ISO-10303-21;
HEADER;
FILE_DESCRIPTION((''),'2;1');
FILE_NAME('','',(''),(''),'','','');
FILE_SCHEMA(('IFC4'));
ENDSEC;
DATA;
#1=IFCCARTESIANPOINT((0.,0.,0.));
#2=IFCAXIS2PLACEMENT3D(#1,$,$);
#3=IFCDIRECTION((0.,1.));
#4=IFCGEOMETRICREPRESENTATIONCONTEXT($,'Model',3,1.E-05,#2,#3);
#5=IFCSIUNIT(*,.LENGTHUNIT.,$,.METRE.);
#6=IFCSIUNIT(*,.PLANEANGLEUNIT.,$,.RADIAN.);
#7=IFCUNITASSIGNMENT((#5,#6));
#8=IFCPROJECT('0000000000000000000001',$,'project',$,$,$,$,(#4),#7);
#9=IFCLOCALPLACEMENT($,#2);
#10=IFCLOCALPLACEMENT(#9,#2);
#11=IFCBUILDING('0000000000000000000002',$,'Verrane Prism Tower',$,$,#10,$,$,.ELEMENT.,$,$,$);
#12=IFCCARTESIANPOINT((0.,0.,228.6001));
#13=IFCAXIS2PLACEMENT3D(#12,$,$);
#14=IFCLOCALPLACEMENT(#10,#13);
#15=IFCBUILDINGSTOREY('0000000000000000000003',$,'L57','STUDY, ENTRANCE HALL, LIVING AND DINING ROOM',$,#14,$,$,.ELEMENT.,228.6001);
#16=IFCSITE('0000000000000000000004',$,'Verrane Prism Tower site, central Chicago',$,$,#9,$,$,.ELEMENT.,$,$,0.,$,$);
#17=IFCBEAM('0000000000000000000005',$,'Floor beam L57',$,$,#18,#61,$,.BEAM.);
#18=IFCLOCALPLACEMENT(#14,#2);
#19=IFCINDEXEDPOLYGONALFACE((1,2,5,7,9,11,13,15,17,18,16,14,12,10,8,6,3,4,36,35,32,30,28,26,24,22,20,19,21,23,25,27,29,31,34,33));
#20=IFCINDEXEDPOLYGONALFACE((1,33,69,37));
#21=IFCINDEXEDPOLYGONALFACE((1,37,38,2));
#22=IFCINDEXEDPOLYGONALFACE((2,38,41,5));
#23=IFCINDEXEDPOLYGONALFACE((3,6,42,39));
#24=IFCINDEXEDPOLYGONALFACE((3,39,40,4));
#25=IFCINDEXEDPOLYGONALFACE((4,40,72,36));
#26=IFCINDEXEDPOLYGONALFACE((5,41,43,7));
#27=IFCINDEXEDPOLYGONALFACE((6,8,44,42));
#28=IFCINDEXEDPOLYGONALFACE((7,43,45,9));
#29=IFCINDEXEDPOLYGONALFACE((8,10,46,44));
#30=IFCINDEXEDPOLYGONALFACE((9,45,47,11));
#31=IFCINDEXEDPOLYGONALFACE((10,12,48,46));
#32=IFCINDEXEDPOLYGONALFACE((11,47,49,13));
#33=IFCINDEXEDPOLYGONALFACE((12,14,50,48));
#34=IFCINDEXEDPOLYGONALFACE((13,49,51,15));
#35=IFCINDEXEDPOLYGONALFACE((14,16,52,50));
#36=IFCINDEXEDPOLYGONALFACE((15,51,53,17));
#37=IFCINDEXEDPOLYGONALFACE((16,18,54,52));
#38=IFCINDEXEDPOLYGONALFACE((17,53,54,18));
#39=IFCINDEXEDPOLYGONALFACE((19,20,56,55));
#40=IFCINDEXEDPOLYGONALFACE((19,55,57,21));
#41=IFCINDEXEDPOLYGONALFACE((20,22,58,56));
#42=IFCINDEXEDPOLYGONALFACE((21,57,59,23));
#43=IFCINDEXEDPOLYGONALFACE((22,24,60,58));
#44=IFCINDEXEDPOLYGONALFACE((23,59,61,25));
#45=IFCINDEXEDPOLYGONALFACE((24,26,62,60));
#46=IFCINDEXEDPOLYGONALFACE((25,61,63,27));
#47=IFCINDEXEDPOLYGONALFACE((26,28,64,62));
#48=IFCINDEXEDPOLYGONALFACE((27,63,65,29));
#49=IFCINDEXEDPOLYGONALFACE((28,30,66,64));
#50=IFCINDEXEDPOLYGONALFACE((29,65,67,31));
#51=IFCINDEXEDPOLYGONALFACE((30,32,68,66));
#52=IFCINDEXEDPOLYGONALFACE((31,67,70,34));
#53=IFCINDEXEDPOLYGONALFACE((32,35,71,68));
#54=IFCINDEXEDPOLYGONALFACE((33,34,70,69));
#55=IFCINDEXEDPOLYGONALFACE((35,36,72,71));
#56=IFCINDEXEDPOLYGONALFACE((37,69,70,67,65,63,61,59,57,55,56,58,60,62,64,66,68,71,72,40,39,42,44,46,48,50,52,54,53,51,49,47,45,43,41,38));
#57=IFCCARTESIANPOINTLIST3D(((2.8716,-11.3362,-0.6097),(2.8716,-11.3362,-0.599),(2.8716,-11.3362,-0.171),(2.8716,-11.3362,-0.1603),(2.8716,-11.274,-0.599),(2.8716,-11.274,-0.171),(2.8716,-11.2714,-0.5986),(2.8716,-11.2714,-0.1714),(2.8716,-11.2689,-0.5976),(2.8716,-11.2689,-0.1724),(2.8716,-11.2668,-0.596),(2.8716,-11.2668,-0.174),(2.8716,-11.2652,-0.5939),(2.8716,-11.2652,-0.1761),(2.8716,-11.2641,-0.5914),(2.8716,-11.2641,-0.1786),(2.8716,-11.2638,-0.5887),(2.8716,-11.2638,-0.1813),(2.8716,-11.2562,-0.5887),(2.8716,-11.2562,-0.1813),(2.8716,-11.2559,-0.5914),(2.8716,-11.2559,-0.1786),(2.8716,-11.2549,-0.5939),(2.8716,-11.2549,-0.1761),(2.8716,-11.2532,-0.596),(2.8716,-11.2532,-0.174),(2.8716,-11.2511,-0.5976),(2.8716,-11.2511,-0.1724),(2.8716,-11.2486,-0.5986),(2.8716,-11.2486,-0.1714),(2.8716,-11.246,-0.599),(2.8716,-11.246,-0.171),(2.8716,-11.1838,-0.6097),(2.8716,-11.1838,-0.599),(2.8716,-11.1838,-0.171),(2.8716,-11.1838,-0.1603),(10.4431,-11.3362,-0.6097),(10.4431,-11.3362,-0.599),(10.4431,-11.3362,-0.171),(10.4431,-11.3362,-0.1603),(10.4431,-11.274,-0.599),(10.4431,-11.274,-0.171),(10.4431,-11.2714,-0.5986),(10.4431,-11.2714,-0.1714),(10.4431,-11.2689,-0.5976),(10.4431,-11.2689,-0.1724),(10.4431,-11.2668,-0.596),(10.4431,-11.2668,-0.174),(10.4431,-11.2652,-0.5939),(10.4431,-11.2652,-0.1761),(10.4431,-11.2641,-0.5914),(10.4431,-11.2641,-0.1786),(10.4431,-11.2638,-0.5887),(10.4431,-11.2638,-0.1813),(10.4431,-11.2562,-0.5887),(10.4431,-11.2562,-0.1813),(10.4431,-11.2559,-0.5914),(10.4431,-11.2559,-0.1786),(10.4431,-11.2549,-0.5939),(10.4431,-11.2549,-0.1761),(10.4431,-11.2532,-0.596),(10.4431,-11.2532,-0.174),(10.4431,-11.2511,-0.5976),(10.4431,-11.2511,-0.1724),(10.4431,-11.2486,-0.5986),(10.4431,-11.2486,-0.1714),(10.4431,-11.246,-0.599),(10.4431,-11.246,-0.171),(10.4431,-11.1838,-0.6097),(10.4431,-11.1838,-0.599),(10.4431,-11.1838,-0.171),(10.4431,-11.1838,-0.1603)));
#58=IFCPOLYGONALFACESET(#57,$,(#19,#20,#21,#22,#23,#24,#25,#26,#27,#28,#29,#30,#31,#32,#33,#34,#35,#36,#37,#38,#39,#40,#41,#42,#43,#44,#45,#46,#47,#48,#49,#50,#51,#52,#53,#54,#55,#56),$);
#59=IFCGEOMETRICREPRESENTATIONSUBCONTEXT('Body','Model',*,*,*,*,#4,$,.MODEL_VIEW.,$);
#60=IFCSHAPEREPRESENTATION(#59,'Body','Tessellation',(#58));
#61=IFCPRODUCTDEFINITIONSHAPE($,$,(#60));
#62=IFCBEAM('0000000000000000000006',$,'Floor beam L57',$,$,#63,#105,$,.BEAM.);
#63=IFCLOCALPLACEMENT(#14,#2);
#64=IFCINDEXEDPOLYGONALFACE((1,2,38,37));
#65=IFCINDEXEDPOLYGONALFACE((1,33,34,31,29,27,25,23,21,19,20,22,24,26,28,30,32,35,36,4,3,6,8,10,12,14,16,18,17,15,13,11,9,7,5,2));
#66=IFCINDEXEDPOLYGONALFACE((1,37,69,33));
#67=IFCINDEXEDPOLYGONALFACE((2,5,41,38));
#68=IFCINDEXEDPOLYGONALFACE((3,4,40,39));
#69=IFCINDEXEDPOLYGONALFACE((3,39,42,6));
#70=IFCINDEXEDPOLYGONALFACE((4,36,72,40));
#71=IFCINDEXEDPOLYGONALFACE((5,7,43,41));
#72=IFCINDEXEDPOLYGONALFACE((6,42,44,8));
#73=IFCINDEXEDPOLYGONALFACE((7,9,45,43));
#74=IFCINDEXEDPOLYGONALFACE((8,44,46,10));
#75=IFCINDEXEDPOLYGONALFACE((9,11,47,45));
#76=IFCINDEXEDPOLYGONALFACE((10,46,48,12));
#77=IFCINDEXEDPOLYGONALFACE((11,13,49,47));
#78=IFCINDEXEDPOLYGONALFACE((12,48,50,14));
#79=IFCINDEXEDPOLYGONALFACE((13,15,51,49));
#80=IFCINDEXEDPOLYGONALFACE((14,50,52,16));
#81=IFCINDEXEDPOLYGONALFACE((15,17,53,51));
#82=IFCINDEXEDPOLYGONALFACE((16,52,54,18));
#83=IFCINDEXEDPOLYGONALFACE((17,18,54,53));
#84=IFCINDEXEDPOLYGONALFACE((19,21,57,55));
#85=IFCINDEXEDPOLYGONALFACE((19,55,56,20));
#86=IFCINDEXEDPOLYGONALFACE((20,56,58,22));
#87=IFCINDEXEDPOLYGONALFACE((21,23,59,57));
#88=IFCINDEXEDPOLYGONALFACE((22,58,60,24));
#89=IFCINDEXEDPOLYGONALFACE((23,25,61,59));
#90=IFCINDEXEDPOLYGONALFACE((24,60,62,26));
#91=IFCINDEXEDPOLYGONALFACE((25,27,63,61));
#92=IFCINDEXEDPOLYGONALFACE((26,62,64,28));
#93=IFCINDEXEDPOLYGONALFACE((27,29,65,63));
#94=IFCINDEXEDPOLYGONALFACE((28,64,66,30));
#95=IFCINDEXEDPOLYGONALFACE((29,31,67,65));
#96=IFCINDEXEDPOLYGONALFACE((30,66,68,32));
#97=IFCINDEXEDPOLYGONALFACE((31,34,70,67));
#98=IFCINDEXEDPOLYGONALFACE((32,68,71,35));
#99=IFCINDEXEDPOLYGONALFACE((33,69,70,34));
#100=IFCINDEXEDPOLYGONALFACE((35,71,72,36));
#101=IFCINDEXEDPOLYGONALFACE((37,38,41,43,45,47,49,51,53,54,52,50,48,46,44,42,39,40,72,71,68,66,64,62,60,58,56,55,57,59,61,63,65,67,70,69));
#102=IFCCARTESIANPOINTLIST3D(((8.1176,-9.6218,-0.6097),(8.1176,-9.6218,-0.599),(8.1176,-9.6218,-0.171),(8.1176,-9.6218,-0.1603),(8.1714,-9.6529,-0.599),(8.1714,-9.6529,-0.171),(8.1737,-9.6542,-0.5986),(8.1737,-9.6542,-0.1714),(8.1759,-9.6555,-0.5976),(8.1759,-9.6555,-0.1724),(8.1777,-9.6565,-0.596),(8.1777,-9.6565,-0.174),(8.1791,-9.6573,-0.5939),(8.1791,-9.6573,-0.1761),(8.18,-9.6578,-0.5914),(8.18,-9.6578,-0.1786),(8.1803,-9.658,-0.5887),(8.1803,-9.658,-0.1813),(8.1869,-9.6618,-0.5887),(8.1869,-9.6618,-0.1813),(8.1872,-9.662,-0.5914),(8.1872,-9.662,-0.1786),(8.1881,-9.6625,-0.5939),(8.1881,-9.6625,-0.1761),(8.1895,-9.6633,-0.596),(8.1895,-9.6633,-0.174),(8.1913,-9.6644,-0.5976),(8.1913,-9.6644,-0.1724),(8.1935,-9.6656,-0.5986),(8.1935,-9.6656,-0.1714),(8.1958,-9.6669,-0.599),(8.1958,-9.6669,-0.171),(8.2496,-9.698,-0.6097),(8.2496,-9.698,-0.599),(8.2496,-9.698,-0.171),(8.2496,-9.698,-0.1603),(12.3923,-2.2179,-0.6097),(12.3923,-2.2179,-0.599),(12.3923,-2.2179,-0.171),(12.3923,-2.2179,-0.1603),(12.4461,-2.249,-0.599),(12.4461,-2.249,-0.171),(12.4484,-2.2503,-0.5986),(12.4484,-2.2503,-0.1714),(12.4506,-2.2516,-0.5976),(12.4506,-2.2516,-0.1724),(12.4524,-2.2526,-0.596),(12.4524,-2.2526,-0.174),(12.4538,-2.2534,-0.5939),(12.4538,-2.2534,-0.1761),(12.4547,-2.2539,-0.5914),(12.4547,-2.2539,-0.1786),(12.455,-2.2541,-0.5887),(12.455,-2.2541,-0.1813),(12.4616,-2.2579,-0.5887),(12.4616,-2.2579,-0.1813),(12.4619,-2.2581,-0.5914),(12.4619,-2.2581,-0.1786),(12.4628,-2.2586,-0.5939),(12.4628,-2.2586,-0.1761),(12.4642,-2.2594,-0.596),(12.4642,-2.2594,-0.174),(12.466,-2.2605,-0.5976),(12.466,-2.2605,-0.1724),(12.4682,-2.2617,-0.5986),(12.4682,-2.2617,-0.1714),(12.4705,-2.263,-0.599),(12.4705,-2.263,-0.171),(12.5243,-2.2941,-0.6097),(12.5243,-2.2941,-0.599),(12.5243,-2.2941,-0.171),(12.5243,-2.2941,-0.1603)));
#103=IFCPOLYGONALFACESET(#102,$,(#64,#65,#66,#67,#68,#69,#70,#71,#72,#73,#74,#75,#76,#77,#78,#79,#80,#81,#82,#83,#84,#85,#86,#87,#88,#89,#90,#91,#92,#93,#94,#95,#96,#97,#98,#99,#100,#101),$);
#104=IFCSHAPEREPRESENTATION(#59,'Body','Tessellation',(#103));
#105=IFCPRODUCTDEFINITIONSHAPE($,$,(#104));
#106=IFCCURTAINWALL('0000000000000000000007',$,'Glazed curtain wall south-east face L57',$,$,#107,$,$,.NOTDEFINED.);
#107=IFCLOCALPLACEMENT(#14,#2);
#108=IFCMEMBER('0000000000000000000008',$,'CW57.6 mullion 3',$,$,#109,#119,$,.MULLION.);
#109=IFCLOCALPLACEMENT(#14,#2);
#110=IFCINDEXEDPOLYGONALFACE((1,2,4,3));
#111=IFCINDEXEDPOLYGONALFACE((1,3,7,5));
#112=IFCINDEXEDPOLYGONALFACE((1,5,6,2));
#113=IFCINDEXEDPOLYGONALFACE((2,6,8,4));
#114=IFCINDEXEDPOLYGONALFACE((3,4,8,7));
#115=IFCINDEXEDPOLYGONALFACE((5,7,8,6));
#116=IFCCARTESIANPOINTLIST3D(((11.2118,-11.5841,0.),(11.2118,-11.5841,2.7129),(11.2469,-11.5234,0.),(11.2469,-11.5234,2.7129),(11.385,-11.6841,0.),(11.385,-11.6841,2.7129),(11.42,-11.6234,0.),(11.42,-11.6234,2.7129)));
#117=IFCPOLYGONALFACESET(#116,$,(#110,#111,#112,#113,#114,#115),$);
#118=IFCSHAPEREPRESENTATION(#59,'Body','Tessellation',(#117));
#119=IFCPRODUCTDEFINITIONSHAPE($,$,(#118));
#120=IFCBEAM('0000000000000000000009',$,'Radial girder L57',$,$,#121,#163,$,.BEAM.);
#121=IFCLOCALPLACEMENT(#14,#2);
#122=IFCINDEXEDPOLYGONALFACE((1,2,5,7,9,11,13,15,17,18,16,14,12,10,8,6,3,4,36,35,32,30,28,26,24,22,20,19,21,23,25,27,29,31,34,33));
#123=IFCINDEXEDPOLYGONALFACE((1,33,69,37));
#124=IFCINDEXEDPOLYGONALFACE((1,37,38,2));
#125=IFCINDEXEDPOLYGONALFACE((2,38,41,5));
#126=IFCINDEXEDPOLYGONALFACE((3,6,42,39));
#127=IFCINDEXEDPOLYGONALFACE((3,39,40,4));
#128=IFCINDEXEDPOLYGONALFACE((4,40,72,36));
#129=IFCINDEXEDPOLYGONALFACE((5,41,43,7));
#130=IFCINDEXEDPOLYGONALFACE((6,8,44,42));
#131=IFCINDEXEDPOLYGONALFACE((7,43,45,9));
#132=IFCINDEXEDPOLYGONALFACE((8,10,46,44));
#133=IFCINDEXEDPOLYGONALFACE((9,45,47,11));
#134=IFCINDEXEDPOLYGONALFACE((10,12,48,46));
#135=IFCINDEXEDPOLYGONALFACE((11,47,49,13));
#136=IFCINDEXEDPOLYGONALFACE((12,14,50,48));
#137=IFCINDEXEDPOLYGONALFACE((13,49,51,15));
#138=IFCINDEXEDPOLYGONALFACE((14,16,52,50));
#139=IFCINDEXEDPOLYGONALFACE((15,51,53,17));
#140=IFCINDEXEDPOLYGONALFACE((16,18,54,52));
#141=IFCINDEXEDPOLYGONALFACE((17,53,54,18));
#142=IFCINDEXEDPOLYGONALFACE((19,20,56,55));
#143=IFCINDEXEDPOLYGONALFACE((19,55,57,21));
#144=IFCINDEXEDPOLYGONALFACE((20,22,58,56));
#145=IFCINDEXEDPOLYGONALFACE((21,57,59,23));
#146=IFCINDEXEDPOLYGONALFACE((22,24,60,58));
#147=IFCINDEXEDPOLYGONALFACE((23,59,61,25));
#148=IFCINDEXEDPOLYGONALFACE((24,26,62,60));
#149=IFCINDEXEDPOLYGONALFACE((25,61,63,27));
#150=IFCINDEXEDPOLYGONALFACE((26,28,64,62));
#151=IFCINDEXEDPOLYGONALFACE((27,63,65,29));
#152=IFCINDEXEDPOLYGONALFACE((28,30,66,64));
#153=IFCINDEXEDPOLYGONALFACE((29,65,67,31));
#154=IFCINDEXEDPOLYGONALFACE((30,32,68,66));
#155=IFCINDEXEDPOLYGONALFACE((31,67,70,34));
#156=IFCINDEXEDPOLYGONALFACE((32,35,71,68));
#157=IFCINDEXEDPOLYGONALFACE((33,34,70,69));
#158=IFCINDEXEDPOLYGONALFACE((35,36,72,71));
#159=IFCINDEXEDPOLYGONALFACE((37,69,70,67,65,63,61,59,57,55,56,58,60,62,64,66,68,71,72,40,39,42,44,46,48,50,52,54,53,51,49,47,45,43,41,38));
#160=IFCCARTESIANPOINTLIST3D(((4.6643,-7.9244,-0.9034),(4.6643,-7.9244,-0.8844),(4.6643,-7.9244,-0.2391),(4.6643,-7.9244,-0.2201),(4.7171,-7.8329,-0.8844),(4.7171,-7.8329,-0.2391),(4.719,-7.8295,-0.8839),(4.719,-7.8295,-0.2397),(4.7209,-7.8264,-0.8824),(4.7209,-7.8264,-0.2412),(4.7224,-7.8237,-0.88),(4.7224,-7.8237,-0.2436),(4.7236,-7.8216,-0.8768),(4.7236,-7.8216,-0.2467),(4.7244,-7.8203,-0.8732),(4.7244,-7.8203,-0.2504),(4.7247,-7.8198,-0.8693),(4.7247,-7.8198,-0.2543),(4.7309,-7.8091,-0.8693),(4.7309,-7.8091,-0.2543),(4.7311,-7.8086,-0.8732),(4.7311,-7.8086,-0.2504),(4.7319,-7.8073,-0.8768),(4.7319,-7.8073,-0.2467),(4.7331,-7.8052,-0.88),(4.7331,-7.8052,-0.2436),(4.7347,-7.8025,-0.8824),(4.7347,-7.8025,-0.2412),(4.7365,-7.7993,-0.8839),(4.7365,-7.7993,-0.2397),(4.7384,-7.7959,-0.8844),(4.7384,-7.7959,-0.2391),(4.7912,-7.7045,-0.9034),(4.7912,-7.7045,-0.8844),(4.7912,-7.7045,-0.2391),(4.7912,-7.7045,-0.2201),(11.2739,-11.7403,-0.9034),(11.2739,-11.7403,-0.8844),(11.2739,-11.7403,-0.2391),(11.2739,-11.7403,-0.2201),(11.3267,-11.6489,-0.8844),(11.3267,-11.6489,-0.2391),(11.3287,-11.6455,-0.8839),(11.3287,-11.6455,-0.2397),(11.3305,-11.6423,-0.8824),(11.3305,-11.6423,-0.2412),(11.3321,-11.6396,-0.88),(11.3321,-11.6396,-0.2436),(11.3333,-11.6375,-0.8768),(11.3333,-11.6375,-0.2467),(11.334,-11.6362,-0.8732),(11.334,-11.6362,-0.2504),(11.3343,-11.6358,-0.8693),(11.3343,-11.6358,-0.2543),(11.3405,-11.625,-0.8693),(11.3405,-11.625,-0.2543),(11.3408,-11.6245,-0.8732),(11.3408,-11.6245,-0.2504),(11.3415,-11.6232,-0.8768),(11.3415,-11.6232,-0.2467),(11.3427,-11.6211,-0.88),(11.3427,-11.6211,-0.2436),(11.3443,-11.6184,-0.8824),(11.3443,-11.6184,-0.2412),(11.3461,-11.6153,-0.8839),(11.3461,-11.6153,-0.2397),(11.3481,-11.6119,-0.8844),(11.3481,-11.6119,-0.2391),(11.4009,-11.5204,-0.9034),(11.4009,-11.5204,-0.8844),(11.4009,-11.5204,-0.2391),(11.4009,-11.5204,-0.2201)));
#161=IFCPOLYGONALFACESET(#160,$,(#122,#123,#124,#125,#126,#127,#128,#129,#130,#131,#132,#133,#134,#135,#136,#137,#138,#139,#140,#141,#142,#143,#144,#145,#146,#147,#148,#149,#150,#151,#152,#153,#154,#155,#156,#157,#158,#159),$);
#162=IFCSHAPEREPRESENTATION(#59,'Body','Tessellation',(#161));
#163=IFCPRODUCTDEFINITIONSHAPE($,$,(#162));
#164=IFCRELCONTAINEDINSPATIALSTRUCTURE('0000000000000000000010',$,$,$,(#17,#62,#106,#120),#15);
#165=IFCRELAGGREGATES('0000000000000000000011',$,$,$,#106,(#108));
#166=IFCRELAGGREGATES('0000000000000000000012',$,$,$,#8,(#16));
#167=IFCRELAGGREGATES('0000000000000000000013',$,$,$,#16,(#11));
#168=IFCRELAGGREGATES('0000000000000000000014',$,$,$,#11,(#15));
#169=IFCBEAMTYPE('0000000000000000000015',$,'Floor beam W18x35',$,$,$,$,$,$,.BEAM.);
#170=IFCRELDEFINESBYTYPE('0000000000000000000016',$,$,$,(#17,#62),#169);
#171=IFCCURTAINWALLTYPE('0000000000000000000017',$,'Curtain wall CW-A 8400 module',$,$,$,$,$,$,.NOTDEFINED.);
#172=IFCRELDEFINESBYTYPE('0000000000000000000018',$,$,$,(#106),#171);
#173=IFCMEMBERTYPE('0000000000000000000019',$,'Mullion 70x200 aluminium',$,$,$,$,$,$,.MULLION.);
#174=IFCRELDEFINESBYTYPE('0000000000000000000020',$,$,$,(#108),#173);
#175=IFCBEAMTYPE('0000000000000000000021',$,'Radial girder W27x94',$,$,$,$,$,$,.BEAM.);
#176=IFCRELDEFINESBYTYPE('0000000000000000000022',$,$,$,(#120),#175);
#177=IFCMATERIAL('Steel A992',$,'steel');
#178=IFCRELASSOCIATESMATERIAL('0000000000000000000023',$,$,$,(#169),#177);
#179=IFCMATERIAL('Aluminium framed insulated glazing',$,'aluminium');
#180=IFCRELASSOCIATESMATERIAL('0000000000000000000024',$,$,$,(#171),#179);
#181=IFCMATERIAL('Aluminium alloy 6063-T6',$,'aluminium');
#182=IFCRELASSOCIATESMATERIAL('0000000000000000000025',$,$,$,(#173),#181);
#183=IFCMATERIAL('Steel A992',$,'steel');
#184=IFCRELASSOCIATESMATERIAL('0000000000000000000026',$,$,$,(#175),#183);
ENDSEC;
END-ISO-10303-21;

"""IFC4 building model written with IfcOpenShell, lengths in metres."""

from ifc_helpers import new_model, si_unit, direction, frame, origin, origin_2d, place, context, subcontext, project, spatial, rectangle, i_section, extrude, material, material_profile, profile_set, type_object, element, aggregate, save


model = new_model("IFC4")

# Units and contexts
model_context = context("Model", 3, precision=1e-05, world=origin(), true_north=direction((0.0, 1.0)))
body_context = subcontext(model_context, "Body", "Model", "MODEL_VIEW")
ifc_project = project(units=[si_unit("LENGTHUNIT", "METRE"), si_unit("PLANEANGLEUNIT", "RADIAN")], contexts=[model_context])

# Site, building, storey
site_placement = place(None, origin())
site = spatial("IfcSite", under=ifc_project, at=site_placement, Name="Verrane Prism Tower site, central Chicago", CompositionType="ELEMENT", RefElevation=0.0)
building_placement = place(site_placement, origin())
building = spatial("IfcBuilding", under=site, at=building_placement, Name="Verrane Prism Tower", CompositionType="ELEMENT")
storey_placement = place(building_placement, frame((0.0, 0.0, 228.6001)))
storey = spatial("IfcBuildingStorey", under=building, at=storey_placement, Name="L57", Description="STUDY, ENTRANCE HALL, LIVING AND DINING ROOM", CompositionType="ELEMENT", Elevation=228.6001)

# Beams
ifc_material_1 = material(Name="Steel A992", Category="steel")
ifc_material_profile_1 = material_profile(ifc_material_1, i_section(OverallWidth=0.1523, OverallDepth=0.4495, WebThickness=0.0076, FlangeThickness=0.0107, FilletRadius=0.0103, at=origin_2d()), Name="W18x35")
ifc_profile_set_1 = profile_set([ifc_material_profile_1], Name="Steel A992")
beam_type_1 = type_object("IfcBeamType", Name="Floor beam W18x35", PredefinedType="BEAM", material=ifc_profile_set_1)
beam_1_placement = place(storey_placement, frame((2.8716, -11.26, -0.385), z_axis=(1.0, 0.0, 0.0), x_axis=(0.0, 1.0, 0.0)))
element("IfcBeam", 1, at=beam_1_placement, inside=storey, type_object=beam_type_1, Name="Floor beam L57", PredefinedType="BEAM", context=body_context, shape_type="SweptSolid", body=[
    extrude(i_section(OverallWidth=0.1523, OverallDepth=0.4495, WebThickness=0.0076, FlangeThickness=0.0107, FilletRadius=0.0103, at=origin_2d()), origin(), (0.0, 0.0, 1.0), 7.5715),
])
beam_2_placement = place(storey_placement, frame((8.1836, -9.6599, -0.385), z_axis=(0.500006, 0.866022, 0.0), x_axis=(-0.866022, 0.500006, 0.0)))
element("IfcBeam", 2, at=beam_2_placement, inside=storey, type_object=beam_type_1, Name="Floor beam L57", PredefinedType="BEAM", context=body_context, shape_type="SweptSolid", body=[
    extrude(i_section(OverallWidth=0.1523, OverallDepth=0.4495, WebThickness=0.0076, FlangeThickness=0.0107, FilletRadius=0.0103, at=origin_2d()), origin(), (0.0, 0.0, 1.0), 8.5493),
])

# Curtain wall, member
ifc_material_2 = material(Name="Aluminium framed insulated glazing", Category="aluminium")
curtain_wall_type = type_object("IfcCurtainWallType", Name="Curtain wall CW-A 8400 module", PredefinedType="NOTDEFINED", material=ifc_material_2)
curtain_wall_placement = place(storey_placement, origin())
curtain_wall = element("IfcCurtainWall", 3, at=curtain_wall_placement, inside=storey, type_object=curtain_wall_type, Name="Glazed curtain wall south-east face L57", PredefinedType="NOTDEFINED")
ifc_material_3 = material(Name="Aluminium alloy 6063-T6", Category="aluminium")
ifc_material_profile_2 = material_profile(ifc_material_3, rectangle(XDim=0.2, YDim=0.0701, at=origin_2d()), Name="Mullion 70x200 aluminium")
ifc_profile_set_2 = profile_set([ifc_material_profile_2], Name="Aluminium alloy 6063-T6")
member_type_1 = type_object("IfcMemberType", Name="Mullion 70x200 aluminium", PredefinedType="MULLION", material=ifc_profile_set_2)
member_1_placement = place(storey_placement, frame((11.3159, -11.6038, 0.0), z_axis=(0.0, 0.0, 1.0), x_axis=(-0.866025, 0.500001, 0.0)))
member_1 = element("IfcMember", 4, at=member_1_placement, type_object=member_type_1, Name="CW57.6 mullion 3", PredefinedType="MULLION", context=body_context, shape_type="SweptSolid", body=[
    extrude(rectangle(XDim=0.2, YDim=0.0701, at=origin_2d()), origin(), (0.0, 0.0, 1.0), 2.7129),
])

# Beam
ifc_material_4 = material(Name="Steel A992", Category="steel")
ifc_material_profile_3 = material_profile(ifc_material_4, i_section(OverallWidth=0.2539, OverallDepth=0.6833, WebThickness=0.0125, FlangeThickness=0.019, FilletRadius=0.0151, at=origin_2d()), Name="W27x94")
ifc_profile_set_3 = profile_set([ifc_material_profile_3], Name="Steel A992")
beam_type_2 = type_object("IfcBeamType", Name="Radial girder W27x94", PredefinedType="BEAM", material=ifc_profile_set_3)
beam_3_placement = place(storey_placement, frame((11.3374, -11.6304, -0.5618), z_axis=(-0.866034, 0.499986, 0.0), x_axis=(-0.499986, -0.866034, 0.0)))
element("IfcBeam", 5, at=beam_3_placement, inside=storey, type_object=beam_type_2, Name="Radial girder L57", PredefinedType="BEAM", context=body_context, shape_type="SweptSolid", body=[
    extrude(i_section(OverallWidth=0.2539, OverallDepth=0.6833, WebThickness=0.0125, FlangeThickness=0.019, FilletRadius=0.0151, at=origin_2d()), origin(), (0.0, 0.0, 1.0), 7.6321),
])

aggregate(curtain_wall, [member_1])

save(model, "model.ifc")
